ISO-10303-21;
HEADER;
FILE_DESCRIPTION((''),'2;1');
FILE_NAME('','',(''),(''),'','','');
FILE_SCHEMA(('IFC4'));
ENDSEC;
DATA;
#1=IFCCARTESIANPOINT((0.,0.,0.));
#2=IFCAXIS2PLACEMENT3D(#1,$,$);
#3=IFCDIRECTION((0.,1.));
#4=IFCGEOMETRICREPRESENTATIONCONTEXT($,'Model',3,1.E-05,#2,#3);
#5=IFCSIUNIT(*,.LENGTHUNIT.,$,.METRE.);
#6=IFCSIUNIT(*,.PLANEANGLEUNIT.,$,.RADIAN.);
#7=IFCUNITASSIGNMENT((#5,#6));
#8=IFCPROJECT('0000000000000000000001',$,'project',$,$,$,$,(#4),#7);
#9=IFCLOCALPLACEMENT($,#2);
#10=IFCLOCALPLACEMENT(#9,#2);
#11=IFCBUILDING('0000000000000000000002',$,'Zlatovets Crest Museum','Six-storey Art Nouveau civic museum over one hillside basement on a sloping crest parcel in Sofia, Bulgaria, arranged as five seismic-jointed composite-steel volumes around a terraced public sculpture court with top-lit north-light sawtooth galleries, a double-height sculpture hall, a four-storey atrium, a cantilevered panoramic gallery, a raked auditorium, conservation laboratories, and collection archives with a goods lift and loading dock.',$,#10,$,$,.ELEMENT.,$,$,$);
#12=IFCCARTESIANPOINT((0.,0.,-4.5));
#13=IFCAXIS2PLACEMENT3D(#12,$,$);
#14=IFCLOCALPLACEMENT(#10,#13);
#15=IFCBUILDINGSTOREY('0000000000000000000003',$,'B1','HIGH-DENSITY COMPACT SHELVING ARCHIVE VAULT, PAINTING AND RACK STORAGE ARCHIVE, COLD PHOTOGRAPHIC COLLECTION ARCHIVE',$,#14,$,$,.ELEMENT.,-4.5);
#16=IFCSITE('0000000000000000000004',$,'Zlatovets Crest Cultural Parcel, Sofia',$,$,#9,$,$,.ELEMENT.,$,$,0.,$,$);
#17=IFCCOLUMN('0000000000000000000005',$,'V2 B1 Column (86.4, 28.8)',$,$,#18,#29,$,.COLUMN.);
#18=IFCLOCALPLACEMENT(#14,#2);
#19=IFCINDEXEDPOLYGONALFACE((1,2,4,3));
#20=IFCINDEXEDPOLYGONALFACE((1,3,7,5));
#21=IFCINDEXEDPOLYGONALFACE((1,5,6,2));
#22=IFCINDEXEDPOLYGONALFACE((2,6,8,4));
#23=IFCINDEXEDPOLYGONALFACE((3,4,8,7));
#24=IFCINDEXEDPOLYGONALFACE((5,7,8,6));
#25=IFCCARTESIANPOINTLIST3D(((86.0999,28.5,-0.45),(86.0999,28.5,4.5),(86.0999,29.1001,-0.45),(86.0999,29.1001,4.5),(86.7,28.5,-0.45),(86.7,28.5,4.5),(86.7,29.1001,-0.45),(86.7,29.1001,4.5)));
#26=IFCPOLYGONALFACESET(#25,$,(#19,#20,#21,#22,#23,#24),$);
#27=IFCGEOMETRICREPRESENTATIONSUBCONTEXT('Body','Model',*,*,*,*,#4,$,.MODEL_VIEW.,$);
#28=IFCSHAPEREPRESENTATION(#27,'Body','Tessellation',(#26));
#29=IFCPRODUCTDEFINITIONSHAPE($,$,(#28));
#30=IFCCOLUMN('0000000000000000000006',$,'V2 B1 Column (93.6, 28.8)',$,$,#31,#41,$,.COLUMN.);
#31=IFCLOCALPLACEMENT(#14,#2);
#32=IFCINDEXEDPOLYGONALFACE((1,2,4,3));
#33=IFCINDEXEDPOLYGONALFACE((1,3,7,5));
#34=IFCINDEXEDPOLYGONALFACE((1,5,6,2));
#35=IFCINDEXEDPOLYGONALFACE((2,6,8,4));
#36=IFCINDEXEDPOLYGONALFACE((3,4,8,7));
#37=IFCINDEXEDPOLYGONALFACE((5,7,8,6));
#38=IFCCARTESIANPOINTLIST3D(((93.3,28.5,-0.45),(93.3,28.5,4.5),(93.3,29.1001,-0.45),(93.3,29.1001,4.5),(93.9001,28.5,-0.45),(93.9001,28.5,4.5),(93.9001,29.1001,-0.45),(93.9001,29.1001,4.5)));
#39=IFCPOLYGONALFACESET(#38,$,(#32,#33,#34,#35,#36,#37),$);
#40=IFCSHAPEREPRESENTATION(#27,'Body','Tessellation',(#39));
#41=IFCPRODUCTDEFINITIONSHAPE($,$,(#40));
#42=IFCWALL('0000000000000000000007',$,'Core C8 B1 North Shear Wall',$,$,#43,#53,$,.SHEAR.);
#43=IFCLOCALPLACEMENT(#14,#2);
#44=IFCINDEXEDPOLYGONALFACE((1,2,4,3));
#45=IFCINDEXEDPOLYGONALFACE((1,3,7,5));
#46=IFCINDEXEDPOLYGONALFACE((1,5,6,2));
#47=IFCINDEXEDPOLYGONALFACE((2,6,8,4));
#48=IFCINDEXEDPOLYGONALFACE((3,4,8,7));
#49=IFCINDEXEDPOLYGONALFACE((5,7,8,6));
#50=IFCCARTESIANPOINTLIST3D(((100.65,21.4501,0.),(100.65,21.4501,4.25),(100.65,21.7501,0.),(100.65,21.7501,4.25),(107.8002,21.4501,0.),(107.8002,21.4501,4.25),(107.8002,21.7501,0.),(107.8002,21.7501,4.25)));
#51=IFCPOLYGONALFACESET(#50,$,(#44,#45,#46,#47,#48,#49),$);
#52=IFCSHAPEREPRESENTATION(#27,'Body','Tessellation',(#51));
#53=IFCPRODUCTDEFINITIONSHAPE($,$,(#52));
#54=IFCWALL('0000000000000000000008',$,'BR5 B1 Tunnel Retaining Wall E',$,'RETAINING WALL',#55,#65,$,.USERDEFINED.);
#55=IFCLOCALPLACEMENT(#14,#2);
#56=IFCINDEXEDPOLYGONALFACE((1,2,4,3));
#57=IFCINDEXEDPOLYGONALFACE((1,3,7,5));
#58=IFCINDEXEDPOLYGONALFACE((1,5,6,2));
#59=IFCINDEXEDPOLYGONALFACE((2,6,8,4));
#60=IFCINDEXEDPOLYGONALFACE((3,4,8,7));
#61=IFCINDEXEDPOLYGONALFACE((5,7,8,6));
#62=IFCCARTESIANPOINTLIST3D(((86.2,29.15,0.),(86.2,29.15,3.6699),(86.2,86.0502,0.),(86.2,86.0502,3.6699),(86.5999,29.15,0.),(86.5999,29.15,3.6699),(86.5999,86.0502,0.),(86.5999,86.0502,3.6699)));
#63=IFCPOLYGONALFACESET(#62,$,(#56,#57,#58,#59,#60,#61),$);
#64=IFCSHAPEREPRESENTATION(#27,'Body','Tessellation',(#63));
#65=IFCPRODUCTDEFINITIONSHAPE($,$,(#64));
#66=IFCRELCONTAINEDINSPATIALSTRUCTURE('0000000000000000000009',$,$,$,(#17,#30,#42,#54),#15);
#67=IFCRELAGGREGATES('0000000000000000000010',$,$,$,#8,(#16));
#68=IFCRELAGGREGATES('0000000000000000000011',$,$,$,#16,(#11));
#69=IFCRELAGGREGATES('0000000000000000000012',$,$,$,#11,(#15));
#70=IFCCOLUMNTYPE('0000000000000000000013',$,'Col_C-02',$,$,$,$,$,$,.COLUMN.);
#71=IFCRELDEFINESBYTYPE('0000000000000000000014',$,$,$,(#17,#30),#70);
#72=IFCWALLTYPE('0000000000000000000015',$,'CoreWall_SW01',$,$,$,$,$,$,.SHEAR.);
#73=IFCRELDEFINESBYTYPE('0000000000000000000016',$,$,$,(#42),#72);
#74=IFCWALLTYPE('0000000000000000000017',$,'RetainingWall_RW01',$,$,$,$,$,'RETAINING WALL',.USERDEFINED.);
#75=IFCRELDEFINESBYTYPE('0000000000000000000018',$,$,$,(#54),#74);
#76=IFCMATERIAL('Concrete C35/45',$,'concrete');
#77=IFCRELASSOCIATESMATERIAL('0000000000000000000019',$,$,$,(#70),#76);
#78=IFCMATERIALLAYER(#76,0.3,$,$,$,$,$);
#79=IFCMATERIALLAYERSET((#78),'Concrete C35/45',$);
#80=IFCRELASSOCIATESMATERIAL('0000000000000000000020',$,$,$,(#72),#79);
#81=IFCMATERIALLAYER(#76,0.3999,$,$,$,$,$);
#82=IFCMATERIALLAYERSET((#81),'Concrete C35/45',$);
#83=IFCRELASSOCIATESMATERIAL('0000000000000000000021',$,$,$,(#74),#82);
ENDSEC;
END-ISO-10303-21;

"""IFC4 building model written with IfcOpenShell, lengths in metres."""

from ifc_helpers import new_model, si_unit, direction, frame, frame_2d, origin, origin_2d, place, context, subcontext, project, spatial, rectangle, extrude, material, layer, layer_set, material_profile, profile_set, type_object, element, save


model = new_model("IFC4")

# Units and contexts
model_context = context("Model", 3, precision=1e-05, world=origin(), true_north=direction((0.0, 1.0)))
body_context = subcontext(model_context, "Body", "Model", "MODEL_VIEW")
ifc_project = project(units=[si_unit("LENGTHUNIT", "METRE"), si_unit("PLANEANGLEUNIT", "RADIAN")], contexts=[model_context])

# Site, building, storey
site_placement = place(None, origin())
site = spatial("IfcSite", under=ifc_project, at=site_placement, Name="Zlatovets Crest Cultural Parcel, Sofia", CompositionType="ELEMENT", RefElevation=0.0)
building_placement = place(site_placement, origin())
building = spatial("IfcBuilding", under=site, at=building_placement, Name="Zlatovets Crest Museum", Description="Six-storey Art Nouveau civic museum over one hillside basement on a sloping crest parcel in Sofia, Bulgaria, arranged as five seismic-jointed composite-steel volumes around a terraced public sculpture court with top-lit north-light sawtooth galleries, a double-height sculpture hall, a four-storey atrium, a cantilevered panoramic gallery, a raked auditorium, conservation laboratories, and collection archives with a goods lift and loading dock.", CompositionType="ELEMENT")
storey_placement = place(building_placement, frame((0.0, 0.0, -4.5)))
storey = spatial("IfcBuildingStorey", under=building, at=storey_placement, Name="B1", Description="HIGH-DENSITY COMPACT SHELVING ARCHIVE VAULT, PAINTING AND RACK STORAGE ARCHIVE, COLD PHOTOGRAPHIC COLLECTION ARCHIVE", CompositionType="ELEMENT", Elevation=-4.5)

# Shared definitions
ifc_material = material(Name="Concrete C35/45", Category="concrete")

# Columns
ifc_material_profile_1 = material_profile(ifc_material, rectangle(XDim=0.6001, YDim=0.6001, at=origin_2d()), Name="RC 600x600")
ifc_profile_set_1 = profile_set([ifc_material_profile_1], Name="Concrete C35/45")
column_type_1 = type_object("IfcColumnType", Name="Col_C-02", PredefinedType="COLUMN", material=ifc_profile_set_1)
for number, where, z_axis, x_axis, name in (
    (1, (86.3999, 28.8, -0.45), (0.0, 0.0, 1.0), (1.0, 0.0, 0.0), "V2 B1 Column (86.4, 28.8)"),
    (2, (93.6001, 28.8, -0.45), (0.0, 0.0, 1.0), (0.0, 1.0, 0.0), "V2 B1 Column (93.6, 28.8)"),
):
    element("IfcColumn", number, at=place(storey_placement, frame(where, z_axis=z_axis, x_axis=x_axis)), inside=storey, type_object=column_type_1, Name=name, PredefinedType="COLUMN", context=body_context, shape_type="SweptSolid", body=[
        extrude(rectangle(XDim=0.6001, YDim=0.6001, at=origin_2d()), origin(), (0.0, 0.0, 1.0), 4.95),
    ])

# Walls
ifc_layer_1 = layer(ifc_material, 0.3)
ifc_layer_set_1 = layer_set([ifc_layer_1], Name="Concrete C35/45")
wall_type_1 = type_object("IfcWallType", Name="CoreWall_SW01", PredefinedType="SHEAR", material=ifc_layer_set_1)
wall_1_placement = place(storey_placement, frame((100.6499, 21.6001, 0.0), z_axis=(0.0, 0.0, 1.0), x_axis=(1.0, 0.0, 0.0)))
element("IfcWall", 3, at=wall_1_placement, inside=storey, type_object=wall_type_1, Name="Core C8 B1 North Shear Wall", PredefinedType="SHEAR", context=body_context, shape_type="SweptSolid", body=[
    extrude(rectangle(XDim=7.1501, YDim=0.3, at=frame_2d((3.5752, 0.0))), origin(), (0.0, 0.0, 1.0), 4.25),
])
ifc_layer_2 = layer(ifc_material, 0.3999)
ifc_layer_set_2 = layer_set([ifc_layer_2], Name="Concrete C35/45")
wall_type_2 = type_object("IfcWallType", Name="RetainingWall_RW01", ElementType="RETAINING WALL", PredefinedType="USERDEFINED", material=ifc_layer_set_2)
wall_2_placement = place(storey_placement, frame((86.3999, 29.1499, 0.0), z_axis=(0.0, 0.0, 1.0), x_axis=(0.0, 1.0, 0.0)))
element("IfcWall", 4, at=wall_2_placement, inside=storey, type_object=wall_type_2, Name="BR5 B1 Tunnel Retaining Wall E", ObjectType="RETAINING WALL", PredefinedType="USERDEFINED", context=body_context, shape_type="SweptSolid", body=[
    extrude(rectangle(XDim=56.9001, YDim=0.3999, at=frame_2d((28.4502, 0.0))), origin(), (0.0, 0.0, 1.0), 3.6699),
])

save(model, "model.ifc")
